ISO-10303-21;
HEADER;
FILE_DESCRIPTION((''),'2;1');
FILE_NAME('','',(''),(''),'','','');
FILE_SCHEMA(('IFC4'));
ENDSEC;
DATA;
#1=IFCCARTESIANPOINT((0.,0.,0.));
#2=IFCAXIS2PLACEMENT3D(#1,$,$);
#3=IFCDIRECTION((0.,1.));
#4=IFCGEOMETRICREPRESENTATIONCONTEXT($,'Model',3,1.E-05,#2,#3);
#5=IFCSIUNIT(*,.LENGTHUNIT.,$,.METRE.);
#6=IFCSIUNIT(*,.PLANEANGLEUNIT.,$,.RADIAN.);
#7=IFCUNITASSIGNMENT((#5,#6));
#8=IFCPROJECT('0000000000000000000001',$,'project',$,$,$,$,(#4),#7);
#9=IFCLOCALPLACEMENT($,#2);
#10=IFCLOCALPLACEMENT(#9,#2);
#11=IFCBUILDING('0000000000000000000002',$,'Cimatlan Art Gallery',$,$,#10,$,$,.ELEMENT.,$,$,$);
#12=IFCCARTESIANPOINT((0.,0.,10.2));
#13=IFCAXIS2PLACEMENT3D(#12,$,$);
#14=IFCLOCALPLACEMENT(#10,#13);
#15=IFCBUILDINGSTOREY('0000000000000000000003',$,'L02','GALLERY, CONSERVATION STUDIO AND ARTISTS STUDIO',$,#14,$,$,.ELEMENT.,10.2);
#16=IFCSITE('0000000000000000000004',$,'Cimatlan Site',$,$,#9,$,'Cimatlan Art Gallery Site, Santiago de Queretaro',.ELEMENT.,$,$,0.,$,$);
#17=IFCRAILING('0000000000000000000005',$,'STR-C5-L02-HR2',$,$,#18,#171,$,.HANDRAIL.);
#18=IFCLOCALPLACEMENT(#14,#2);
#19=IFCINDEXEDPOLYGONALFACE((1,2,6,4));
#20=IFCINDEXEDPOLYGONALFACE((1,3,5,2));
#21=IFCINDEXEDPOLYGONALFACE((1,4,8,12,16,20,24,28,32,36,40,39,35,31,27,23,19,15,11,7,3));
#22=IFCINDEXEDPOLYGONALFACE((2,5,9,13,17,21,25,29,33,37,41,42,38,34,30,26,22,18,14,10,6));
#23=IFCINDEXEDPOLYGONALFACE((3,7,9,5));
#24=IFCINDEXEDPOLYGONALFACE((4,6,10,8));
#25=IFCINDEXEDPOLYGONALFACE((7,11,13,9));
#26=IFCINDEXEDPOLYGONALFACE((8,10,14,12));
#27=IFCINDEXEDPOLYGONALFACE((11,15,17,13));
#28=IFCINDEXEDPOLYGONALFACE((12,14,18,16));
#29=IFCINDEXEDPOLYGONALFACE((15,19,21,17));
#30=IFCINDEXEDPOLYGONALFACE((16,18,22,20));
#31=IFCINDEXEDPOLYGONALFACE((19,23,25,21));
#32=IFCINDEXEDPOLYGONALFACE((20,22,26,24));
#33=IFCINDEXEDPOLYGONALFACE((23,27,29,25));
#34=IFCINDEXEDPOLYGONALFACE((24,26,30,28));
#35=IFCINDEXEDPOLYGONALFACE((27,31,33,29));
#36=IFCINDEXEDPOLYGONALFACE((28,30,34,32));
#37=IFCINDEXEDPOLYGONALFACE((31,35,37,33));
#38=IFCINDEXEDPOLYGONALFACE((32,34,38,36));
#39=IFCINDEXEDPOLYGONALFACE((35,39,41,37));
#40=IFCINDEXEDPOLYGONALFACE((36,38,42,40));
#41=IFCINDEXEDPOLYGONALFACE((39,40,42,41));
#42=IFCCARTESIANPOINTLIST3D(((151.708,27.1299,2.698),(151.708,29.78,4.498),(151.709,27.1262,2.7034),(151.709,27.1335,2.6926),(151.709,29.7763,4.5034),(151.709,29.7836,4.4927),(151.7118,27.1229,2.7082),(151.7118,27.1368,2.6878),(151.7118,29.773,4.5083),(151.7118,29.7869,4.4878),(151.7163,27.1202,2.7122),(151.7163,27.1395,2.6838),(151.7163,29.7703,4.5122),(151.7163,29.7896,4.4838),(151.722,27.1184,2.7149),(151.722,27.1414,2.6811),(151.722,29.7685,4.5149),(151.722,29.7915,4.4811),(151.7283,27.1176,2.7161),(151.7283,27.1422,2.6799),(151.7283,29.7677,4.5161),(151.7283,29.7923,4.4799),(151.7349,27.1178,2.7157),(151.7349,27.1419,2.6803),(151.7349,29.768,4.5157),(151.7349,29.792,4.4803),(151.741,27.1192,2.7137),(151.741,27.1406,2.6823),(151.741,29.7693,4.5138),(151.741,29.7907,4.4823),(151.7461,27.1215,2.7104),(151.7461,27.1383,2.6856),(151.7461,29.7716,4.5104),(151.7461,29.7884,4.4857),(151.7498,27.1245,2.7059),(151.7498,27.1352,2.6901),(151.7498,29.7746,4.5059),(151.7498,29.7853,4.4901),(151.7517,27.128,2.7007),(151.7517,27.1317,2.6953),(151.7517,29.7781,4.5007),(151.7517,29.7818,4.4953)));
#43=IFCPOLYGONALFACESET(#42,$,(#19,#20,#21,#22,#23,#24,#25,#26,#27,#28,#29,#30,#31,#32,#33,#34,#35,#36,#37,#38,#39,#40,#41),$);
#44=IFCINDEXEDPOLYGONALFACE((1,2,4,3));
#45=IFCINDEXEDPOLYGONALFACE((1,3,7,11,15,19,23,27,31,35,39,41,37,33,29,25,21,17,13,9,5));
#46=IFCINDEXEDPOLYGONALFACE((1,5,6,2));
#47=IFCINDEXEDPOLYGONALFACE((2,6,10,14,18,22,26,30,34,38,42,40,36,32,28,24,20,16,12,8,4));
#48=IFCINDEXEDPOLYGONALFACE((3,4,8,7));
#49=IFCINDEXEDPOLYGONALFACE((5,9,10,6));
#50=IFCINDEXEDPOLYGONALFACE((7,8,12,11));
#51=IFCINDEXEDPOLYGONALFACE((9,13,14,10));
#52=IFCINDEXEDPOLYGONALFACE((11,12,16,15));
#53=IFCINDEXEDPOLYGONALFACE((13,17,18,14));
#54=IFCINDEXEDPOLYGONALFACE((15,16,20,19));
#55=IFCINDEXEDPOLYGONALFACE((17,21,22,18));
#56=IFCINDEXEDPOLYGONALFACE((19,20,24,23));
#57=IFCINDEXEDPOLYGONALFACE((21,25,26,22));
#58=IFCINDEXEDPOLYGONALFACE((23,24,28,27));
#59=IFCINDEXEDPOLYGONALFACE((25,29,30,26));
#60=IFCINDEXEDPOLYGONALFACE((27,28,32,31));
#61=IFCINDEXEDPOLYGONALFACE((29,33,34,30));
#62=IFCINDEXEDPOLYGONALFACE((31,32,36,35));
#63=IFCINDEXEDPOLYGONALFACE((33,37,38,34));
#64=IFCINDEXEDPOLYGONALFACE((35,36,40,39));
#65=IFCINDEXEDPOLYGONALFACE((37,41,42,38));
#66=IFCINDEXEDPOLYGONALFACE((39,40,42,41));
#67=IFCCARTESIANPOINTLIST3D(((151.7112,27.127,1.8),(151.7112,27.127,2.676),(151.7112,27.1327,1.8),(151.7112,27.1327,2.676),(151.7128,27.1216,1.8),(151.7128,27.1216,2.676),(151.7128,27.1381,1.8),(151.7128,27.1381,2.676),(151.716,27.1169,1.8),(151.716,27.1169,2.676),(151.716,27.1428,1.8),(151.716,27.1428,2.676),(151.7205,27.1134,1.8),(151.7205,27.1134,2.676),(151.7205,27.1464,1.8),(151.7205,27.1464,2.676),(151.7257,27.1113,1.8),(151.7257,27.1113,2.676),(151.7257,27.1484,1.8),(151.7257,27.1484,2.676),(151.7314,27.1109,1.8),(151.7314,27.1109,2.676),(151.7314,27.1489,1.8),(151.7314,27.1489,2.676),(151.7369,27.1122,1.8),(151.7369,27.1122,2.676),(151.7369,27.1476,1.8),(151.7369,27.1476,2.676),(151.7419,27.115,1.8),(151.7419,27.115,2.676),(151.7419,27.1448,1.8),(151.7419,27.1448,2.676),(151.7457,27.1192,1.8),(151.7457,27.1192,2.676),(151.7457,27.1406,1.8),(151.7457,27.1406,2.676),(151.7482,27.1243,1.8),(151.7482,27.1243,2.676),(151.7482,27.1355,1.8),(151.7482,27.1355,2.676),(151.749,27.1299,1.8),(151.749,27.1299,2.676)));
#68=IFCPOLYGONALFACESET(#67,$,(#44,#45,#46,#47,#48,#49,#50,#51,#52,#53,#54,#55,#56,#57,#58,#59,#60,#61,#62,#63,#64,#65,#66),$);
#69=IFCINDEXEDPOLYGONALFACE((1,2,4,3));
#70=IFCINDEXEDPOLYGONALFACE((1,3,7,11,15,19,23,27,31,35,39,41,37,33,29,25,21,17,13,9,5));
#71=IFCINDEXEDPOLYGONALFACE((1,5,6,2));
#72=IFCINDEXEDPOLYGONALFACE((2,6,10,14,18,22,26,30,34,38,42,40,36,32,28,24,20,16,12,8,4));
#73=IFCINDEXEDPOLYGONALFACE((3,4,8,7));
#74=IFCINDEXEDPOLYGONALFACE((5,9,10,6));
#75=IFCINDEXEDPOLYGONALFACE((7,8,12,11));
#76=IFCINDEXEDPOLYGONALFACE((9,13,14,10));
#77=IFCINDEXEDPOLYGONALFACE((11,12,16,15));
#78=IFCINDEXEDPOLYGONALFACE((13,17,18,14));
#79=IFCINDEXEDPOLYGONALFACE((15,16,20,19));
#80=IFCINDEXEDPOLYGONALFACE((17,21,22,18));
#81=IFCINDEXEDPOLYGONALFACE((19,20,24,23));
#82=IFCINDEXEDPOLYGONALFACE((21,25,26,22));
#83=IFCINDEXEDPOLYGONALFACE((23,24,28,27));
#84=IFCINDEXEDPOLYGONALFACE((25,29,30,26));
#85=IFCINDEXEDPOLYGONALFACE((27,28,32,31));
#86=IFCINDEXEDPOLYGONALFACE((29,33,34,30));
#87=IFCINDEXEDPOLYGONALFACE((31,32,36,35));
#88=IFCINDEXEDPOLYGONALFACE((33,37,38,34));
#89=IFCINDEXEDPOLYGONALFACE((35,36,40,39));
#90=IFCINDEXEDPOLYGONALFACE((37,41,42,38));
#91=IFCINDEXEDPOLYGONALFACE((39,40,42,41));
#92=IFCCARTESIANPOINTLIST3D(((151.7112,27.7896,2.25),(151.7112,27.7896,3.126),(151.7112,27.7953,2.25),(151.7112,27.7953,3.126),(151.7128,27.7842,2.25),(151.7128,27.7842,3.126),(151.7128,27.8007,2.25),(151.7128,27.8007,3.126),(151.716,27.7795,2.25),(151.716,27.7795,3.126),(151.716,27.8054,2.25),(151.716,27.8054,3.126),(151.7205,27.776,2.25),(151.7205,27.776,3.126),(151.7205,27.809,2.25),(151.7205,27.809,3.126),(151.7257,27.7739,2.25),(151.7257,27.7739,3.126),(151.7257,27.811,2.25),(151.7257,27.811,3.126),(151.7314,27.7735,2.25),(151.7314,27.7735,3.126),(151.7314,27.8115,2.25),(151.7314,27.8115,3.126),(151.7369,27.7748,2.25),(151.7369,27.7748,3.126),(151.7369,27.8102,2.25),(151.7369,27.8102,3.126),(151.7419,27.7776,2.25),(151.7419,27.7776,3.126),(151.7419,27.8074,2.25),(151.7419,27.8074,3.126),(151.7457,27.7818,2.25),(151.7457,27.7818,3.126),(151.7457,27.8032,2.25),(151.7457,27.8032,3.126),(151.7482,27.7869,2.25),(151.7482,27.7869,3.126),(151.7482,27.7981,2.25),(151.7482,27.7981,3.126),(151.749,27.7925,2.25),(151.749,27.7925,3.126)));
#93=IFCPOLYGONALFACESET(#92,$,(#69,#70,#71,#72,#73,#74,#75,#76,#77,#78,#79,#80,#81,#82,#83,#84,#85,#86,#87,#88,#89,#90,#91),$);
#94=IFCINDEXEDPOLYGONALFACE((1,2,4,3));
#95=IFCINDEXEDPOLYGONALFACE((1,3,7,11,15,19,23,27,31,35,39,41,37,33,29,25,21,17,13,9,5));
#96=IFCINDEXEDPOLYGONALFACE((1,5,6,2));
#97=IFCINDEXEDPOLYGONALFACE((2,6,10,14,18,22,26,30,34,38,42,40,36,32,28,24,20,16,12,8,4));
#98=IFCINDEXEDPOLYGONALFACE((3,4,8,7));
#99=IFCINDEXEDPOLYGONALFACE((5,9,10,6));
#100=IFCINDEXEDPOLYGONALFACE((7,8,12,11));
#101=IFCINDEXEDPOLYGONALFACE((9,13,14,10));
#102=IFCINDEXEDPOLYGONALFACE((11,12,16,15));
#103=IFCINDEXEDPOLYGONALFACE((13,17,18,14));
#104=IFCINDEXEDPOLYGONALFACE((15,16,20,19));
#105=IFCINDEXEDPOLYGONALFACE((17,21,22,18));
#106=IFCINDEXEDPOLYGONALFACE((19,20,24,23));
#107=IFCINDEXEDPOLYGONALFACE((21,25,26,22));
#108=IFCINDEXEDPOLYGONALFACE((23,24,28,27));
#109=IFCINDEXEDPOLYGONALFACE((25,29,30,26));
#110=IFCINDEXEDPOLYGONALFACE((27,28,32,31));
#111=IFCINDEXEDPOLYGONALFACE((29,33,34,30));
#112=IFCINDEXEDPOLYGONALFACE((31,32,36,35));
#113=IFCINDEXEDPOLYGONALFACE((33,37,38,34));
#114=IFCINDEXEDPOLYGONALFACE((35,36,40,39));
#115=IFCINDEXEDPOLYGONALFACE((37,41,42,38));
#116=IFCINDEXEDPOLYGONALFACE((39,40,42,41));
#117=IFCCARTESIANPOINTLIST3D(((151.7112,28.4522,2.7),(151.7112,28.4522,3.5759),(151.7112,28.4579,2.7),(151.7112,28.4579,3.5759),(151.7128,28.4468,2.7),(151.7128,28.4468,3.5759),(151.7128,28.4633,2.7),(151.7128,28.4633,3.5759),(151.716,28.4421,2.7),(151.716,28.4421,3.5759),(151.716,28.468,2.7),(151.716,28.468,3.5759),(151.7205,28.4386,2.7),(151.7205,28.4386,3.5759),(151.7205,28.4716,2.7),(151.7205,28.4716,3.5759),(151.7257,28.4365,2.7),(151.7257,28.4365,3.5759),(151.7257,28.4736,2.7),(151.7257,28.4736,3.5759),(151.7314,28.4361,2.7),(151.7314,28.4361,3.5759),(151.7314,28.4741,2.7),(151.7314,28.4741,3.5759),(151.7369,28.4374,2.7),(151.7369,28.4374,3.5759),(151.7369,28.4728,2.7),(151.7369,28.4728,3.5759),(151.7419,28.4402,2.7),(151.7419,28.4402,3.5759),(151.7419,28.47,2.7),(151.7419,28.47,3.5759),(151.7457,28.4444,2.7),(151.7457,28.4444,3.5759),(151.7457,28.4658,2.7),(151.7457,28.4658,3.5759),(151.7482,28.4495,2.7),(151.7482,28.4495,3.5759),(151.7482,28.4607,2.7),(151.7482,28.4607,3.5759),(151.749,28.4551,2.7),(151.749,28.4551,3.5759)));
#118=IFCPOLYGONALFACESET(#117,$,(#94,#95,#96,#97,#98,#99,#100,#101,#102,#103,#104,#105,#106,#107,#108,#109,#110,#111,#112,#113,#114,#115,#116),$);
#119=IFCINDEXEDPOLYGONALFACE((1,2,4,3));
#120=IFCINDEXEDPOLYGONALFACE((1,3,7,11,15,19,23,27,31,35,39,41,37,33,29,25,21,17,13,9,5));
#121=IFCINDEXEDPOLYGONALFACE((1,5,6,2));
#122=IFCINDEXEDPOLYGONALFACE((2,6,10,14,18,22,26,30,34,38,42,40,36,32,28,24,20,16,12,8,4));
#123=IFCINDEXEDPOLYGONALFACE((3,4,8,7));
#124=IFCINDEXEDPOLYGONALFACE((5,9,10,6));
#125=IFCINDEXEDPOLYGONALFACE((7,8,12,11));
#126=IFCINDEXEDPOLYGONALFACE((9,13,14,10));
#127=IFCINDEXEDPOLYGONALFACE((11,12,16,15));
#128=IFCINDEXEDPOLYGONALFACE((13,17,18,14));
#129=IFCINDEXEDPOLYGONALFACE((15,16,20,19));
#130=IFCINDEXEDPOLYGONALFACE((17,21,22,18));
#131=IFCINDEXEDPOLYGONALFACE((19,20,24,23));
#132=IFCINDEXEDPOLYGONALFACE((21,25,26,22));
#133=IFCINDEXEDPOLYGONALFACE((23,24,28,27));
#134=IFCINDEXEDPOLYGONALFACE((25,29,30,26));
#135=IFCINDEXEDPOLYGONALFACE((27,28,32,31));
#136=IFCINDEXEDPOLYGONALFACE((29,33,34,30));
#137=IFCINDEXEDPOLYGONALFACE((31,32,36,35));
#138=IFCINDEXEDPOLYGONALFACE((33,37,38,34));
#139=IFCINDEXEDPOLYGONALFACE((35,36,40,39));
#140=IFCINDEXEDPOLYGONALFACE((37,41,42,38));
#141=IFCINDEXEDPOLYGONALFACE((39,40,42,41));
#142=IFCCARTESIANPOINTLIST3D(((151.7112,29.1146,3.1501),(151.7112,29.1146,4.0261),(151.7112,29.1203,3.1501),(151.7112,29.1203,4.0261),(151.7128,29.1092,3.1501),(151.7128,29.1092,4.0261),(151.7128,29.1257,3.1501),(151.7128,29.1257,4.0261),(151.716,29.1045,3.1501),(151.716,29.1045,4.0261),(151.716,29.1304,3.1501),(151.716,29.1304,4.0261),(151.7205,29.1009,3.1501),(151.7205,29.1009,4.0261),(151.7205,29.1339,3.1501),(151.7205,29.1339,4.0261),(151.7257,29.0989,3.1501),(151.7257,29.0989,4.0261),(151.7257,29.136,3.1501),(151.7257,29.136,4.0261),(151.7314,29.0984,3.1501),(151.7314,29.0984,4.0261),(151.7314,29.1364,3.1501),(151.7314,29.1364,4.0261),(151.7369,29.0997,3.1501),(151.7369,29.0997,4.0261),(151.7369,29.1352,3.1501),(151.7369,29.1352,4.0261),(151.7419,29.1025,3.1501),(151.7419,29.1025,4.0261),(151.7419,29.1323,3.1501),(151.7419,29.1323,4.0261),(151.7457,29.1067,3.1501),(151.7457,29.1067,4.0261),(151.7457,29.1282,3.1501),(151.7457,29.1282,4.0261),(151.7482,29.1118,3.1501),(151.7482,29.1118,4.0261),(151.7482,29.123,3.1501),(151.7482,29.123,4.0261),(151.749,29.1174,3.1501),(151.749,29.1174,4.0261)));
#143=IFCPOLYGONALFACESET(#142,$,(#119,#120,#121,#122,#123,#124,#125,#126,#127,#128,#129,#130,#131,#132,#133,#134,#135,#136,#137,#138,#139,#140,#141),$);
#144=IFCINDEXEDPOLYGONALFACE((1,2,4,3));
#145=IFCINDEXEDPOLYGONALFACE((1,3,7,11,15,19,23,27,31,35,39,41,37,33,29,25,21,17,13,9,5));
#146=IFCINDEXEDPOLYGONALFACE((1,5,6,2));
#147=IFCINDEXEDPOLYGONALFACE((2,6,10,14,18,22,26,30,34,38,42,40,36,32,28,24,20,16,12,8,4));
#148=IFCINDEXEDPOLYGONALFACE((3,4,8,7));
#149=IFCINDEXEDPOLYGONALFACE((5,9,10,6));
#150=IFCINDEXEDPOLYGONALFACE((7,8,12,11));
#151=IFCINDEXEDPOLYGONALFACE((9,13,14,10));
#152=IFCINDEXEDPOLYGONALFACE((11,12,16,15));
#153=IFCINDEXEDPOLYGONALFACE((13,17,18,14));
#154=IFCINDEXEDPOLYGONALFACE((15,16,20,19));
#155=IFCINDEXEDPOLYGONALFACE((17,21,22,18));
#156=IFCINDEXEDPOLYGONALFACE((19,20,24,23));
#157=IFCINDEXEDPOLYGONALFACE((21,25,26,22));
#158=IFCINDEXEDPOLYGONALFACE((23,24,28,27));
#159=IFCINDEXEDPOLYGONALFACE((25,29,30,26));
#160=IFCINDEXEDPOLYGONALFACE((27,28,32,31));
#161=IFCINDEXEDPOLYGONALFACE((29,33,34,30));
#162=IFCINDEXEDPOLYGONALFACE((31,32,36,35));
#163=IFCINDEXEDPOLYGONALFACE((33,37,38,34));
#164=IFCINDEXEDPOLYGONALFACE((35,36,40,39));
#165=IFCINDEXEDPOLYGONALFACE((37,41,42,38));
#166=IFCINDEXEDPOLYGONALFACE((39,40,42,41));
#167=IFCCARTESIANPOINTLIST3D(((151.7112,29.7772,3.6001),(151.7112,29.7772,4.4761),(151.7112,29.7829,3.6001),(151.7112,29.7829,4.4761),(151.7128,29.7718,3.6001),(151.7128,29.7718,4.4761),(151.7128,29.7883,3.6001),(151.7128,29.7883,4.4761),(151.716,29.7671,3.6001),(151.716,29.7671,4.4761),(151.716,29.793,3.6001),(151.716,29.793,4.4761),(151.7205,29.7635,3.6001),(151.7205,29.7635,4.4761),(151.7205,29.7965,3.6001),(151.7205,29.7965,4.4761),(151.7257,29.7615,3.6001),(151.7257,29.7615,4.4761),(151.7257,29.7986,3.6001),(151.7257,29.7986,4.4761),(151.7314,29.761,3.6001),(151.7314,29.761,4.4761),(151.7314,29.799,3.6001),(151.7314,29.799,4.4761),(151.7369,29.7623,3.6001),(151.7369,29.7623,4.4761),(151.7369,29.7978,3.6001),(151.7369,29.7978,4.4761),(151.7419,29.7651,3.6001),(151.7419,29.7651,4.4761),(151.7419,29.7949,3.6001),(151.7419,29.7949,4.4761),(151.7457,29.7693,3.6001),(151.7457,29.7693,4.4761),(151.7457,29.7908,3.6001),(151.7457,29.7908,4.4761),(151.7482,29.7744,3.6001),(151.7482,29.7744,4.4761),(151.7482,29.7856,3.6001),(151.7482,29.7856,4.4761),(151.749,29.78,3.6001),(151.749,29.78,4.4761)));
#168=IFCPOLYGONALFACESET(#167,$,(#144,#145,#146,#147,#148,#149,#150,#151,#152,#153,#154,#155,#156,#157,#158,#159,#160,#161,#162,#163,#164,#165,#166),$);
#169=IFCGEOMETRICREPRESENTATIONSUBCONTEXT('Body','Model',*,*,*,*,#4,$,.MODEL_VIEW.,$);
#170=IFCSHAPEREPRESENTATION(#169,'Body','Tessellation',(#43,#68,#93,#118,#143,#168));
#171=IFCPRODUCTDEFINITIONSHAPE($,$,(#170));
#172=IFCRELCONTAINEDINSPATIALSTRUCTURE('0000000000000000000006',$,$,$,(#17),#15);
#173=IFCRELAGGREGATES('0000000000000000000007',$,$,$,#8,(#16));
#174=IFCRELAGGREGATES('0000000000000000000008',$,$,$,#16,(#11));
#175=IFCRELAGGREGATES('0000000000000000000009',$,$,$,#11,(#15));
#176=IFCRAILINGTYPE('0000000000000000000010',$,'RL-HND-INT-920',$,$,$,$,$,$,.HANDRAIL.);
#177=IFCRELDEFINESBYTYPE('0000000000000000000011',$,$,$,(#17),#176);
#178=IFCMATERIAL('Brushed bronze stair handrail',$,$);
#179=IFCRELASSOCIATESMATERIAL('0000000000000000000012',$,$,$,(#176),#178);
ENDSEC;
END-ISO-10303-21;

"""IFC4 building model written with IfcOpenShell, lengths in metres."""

from ifc_helpers import new_model, si_unit, direction, frame, origin, origin_2d, place, context, subcontext, project, spatial, circle, extrude, material, type_object, element, save


model = new_model("IFC4")

# Units and contexts
model_context = context("Model", 3, precision=1e-05, world=origin(), true_north=direction((0.0, 1.0)))
body_context = subcontext(model_context, "Body", "Model", "MODEL_VIEW")
ifc_project = project(units=[si_unit("LENGTHUNIT", "METRE"), si_unit("PLANEANGLEUNIT", "RADIAN")], contexts=[model_context])

# Site, building, storey
site_placement = place(None, origin())
site = spatial("IfcSite", under=ifc_project, at=site_placement, Name="Cimatlan Site", LongName="Cimatlan Art Gallery Site, Santiago de Queretaro", CompositionType="ELEMENT", RefElevation=0.0)
building_placement = place(site_placement, origin())
building = spatial("IfcBuilding", under=site, at=building_placement, Name="Cimatlan Art Gallery", CompositionType="ELEMENT")
storey_placement = place(building_placement, frame((0.0, 0.0, 10.2)))
storey = spatial("IfcBuildingStorey", under=building, at=storey_placement, Name="L02", Description="GALLERY, CONSERVATION STUDIO AND ARTISTS STUDIO", CompositionType="ELEMENT", Elevation=10.2)

# Railing
ifc_material_1 = material(Name="Brushed bronze stair handrail")
railing_type_1 = type_object("IfcRailingType", Name="RL-HND-INT-920", PredefinedType="HANDRAIL", material=ifc_material_1)
railing_1_placement = place(storey_placement, frame((151.73, 27.1299, 1.8)))
element("IfcRailing", 1, at=railing_1_placement, inside=storey, type_object=railing_type_1, Name="STR-C5-L02-HR2", PredefinedType="HANDRAIL", context=body_context, shape_type="SweptSolid", body=[
    extrude(circle(Radius=0.022, at=origin_2d()), frame((0.0, 0.0, 0.8979), z_axis=(0.0, 0.827224, 0.561872), x_axis=(-1.0, 0.0, 0.0)), (0.0, 0.0, 1.0), 3.2036),
    extrude(circle(Radius=0.019, at=origin_2d()), origin(), (0.0, 0.0, 1.0), 0.876),
    extrude(circle(Radius=0.019, at=origin_2d()), frame((0.0, 0.6626, 0.45)), (0.0, 0.0, 1.0), 0.876),
    extrude(circle(Radius=0.019, at=origin_2d()), frame((0.0, 1.3252, 0.8999)), (0.0, 0.0, 1.0), 0.876),
    extrude(circle(Radius=0.019, at=origin_2d()), frame((0.0, 1.9875, 1.3501)), (0.0, 0.0, 1.0), 0.876),
    extrude(circle(Radius=0.019, at=origin_2d()), frame((0.0, 2.6501, 1.8)), (0.0, 0.0, 1.0), 0.876),
])

save(model, "model.ifc")
